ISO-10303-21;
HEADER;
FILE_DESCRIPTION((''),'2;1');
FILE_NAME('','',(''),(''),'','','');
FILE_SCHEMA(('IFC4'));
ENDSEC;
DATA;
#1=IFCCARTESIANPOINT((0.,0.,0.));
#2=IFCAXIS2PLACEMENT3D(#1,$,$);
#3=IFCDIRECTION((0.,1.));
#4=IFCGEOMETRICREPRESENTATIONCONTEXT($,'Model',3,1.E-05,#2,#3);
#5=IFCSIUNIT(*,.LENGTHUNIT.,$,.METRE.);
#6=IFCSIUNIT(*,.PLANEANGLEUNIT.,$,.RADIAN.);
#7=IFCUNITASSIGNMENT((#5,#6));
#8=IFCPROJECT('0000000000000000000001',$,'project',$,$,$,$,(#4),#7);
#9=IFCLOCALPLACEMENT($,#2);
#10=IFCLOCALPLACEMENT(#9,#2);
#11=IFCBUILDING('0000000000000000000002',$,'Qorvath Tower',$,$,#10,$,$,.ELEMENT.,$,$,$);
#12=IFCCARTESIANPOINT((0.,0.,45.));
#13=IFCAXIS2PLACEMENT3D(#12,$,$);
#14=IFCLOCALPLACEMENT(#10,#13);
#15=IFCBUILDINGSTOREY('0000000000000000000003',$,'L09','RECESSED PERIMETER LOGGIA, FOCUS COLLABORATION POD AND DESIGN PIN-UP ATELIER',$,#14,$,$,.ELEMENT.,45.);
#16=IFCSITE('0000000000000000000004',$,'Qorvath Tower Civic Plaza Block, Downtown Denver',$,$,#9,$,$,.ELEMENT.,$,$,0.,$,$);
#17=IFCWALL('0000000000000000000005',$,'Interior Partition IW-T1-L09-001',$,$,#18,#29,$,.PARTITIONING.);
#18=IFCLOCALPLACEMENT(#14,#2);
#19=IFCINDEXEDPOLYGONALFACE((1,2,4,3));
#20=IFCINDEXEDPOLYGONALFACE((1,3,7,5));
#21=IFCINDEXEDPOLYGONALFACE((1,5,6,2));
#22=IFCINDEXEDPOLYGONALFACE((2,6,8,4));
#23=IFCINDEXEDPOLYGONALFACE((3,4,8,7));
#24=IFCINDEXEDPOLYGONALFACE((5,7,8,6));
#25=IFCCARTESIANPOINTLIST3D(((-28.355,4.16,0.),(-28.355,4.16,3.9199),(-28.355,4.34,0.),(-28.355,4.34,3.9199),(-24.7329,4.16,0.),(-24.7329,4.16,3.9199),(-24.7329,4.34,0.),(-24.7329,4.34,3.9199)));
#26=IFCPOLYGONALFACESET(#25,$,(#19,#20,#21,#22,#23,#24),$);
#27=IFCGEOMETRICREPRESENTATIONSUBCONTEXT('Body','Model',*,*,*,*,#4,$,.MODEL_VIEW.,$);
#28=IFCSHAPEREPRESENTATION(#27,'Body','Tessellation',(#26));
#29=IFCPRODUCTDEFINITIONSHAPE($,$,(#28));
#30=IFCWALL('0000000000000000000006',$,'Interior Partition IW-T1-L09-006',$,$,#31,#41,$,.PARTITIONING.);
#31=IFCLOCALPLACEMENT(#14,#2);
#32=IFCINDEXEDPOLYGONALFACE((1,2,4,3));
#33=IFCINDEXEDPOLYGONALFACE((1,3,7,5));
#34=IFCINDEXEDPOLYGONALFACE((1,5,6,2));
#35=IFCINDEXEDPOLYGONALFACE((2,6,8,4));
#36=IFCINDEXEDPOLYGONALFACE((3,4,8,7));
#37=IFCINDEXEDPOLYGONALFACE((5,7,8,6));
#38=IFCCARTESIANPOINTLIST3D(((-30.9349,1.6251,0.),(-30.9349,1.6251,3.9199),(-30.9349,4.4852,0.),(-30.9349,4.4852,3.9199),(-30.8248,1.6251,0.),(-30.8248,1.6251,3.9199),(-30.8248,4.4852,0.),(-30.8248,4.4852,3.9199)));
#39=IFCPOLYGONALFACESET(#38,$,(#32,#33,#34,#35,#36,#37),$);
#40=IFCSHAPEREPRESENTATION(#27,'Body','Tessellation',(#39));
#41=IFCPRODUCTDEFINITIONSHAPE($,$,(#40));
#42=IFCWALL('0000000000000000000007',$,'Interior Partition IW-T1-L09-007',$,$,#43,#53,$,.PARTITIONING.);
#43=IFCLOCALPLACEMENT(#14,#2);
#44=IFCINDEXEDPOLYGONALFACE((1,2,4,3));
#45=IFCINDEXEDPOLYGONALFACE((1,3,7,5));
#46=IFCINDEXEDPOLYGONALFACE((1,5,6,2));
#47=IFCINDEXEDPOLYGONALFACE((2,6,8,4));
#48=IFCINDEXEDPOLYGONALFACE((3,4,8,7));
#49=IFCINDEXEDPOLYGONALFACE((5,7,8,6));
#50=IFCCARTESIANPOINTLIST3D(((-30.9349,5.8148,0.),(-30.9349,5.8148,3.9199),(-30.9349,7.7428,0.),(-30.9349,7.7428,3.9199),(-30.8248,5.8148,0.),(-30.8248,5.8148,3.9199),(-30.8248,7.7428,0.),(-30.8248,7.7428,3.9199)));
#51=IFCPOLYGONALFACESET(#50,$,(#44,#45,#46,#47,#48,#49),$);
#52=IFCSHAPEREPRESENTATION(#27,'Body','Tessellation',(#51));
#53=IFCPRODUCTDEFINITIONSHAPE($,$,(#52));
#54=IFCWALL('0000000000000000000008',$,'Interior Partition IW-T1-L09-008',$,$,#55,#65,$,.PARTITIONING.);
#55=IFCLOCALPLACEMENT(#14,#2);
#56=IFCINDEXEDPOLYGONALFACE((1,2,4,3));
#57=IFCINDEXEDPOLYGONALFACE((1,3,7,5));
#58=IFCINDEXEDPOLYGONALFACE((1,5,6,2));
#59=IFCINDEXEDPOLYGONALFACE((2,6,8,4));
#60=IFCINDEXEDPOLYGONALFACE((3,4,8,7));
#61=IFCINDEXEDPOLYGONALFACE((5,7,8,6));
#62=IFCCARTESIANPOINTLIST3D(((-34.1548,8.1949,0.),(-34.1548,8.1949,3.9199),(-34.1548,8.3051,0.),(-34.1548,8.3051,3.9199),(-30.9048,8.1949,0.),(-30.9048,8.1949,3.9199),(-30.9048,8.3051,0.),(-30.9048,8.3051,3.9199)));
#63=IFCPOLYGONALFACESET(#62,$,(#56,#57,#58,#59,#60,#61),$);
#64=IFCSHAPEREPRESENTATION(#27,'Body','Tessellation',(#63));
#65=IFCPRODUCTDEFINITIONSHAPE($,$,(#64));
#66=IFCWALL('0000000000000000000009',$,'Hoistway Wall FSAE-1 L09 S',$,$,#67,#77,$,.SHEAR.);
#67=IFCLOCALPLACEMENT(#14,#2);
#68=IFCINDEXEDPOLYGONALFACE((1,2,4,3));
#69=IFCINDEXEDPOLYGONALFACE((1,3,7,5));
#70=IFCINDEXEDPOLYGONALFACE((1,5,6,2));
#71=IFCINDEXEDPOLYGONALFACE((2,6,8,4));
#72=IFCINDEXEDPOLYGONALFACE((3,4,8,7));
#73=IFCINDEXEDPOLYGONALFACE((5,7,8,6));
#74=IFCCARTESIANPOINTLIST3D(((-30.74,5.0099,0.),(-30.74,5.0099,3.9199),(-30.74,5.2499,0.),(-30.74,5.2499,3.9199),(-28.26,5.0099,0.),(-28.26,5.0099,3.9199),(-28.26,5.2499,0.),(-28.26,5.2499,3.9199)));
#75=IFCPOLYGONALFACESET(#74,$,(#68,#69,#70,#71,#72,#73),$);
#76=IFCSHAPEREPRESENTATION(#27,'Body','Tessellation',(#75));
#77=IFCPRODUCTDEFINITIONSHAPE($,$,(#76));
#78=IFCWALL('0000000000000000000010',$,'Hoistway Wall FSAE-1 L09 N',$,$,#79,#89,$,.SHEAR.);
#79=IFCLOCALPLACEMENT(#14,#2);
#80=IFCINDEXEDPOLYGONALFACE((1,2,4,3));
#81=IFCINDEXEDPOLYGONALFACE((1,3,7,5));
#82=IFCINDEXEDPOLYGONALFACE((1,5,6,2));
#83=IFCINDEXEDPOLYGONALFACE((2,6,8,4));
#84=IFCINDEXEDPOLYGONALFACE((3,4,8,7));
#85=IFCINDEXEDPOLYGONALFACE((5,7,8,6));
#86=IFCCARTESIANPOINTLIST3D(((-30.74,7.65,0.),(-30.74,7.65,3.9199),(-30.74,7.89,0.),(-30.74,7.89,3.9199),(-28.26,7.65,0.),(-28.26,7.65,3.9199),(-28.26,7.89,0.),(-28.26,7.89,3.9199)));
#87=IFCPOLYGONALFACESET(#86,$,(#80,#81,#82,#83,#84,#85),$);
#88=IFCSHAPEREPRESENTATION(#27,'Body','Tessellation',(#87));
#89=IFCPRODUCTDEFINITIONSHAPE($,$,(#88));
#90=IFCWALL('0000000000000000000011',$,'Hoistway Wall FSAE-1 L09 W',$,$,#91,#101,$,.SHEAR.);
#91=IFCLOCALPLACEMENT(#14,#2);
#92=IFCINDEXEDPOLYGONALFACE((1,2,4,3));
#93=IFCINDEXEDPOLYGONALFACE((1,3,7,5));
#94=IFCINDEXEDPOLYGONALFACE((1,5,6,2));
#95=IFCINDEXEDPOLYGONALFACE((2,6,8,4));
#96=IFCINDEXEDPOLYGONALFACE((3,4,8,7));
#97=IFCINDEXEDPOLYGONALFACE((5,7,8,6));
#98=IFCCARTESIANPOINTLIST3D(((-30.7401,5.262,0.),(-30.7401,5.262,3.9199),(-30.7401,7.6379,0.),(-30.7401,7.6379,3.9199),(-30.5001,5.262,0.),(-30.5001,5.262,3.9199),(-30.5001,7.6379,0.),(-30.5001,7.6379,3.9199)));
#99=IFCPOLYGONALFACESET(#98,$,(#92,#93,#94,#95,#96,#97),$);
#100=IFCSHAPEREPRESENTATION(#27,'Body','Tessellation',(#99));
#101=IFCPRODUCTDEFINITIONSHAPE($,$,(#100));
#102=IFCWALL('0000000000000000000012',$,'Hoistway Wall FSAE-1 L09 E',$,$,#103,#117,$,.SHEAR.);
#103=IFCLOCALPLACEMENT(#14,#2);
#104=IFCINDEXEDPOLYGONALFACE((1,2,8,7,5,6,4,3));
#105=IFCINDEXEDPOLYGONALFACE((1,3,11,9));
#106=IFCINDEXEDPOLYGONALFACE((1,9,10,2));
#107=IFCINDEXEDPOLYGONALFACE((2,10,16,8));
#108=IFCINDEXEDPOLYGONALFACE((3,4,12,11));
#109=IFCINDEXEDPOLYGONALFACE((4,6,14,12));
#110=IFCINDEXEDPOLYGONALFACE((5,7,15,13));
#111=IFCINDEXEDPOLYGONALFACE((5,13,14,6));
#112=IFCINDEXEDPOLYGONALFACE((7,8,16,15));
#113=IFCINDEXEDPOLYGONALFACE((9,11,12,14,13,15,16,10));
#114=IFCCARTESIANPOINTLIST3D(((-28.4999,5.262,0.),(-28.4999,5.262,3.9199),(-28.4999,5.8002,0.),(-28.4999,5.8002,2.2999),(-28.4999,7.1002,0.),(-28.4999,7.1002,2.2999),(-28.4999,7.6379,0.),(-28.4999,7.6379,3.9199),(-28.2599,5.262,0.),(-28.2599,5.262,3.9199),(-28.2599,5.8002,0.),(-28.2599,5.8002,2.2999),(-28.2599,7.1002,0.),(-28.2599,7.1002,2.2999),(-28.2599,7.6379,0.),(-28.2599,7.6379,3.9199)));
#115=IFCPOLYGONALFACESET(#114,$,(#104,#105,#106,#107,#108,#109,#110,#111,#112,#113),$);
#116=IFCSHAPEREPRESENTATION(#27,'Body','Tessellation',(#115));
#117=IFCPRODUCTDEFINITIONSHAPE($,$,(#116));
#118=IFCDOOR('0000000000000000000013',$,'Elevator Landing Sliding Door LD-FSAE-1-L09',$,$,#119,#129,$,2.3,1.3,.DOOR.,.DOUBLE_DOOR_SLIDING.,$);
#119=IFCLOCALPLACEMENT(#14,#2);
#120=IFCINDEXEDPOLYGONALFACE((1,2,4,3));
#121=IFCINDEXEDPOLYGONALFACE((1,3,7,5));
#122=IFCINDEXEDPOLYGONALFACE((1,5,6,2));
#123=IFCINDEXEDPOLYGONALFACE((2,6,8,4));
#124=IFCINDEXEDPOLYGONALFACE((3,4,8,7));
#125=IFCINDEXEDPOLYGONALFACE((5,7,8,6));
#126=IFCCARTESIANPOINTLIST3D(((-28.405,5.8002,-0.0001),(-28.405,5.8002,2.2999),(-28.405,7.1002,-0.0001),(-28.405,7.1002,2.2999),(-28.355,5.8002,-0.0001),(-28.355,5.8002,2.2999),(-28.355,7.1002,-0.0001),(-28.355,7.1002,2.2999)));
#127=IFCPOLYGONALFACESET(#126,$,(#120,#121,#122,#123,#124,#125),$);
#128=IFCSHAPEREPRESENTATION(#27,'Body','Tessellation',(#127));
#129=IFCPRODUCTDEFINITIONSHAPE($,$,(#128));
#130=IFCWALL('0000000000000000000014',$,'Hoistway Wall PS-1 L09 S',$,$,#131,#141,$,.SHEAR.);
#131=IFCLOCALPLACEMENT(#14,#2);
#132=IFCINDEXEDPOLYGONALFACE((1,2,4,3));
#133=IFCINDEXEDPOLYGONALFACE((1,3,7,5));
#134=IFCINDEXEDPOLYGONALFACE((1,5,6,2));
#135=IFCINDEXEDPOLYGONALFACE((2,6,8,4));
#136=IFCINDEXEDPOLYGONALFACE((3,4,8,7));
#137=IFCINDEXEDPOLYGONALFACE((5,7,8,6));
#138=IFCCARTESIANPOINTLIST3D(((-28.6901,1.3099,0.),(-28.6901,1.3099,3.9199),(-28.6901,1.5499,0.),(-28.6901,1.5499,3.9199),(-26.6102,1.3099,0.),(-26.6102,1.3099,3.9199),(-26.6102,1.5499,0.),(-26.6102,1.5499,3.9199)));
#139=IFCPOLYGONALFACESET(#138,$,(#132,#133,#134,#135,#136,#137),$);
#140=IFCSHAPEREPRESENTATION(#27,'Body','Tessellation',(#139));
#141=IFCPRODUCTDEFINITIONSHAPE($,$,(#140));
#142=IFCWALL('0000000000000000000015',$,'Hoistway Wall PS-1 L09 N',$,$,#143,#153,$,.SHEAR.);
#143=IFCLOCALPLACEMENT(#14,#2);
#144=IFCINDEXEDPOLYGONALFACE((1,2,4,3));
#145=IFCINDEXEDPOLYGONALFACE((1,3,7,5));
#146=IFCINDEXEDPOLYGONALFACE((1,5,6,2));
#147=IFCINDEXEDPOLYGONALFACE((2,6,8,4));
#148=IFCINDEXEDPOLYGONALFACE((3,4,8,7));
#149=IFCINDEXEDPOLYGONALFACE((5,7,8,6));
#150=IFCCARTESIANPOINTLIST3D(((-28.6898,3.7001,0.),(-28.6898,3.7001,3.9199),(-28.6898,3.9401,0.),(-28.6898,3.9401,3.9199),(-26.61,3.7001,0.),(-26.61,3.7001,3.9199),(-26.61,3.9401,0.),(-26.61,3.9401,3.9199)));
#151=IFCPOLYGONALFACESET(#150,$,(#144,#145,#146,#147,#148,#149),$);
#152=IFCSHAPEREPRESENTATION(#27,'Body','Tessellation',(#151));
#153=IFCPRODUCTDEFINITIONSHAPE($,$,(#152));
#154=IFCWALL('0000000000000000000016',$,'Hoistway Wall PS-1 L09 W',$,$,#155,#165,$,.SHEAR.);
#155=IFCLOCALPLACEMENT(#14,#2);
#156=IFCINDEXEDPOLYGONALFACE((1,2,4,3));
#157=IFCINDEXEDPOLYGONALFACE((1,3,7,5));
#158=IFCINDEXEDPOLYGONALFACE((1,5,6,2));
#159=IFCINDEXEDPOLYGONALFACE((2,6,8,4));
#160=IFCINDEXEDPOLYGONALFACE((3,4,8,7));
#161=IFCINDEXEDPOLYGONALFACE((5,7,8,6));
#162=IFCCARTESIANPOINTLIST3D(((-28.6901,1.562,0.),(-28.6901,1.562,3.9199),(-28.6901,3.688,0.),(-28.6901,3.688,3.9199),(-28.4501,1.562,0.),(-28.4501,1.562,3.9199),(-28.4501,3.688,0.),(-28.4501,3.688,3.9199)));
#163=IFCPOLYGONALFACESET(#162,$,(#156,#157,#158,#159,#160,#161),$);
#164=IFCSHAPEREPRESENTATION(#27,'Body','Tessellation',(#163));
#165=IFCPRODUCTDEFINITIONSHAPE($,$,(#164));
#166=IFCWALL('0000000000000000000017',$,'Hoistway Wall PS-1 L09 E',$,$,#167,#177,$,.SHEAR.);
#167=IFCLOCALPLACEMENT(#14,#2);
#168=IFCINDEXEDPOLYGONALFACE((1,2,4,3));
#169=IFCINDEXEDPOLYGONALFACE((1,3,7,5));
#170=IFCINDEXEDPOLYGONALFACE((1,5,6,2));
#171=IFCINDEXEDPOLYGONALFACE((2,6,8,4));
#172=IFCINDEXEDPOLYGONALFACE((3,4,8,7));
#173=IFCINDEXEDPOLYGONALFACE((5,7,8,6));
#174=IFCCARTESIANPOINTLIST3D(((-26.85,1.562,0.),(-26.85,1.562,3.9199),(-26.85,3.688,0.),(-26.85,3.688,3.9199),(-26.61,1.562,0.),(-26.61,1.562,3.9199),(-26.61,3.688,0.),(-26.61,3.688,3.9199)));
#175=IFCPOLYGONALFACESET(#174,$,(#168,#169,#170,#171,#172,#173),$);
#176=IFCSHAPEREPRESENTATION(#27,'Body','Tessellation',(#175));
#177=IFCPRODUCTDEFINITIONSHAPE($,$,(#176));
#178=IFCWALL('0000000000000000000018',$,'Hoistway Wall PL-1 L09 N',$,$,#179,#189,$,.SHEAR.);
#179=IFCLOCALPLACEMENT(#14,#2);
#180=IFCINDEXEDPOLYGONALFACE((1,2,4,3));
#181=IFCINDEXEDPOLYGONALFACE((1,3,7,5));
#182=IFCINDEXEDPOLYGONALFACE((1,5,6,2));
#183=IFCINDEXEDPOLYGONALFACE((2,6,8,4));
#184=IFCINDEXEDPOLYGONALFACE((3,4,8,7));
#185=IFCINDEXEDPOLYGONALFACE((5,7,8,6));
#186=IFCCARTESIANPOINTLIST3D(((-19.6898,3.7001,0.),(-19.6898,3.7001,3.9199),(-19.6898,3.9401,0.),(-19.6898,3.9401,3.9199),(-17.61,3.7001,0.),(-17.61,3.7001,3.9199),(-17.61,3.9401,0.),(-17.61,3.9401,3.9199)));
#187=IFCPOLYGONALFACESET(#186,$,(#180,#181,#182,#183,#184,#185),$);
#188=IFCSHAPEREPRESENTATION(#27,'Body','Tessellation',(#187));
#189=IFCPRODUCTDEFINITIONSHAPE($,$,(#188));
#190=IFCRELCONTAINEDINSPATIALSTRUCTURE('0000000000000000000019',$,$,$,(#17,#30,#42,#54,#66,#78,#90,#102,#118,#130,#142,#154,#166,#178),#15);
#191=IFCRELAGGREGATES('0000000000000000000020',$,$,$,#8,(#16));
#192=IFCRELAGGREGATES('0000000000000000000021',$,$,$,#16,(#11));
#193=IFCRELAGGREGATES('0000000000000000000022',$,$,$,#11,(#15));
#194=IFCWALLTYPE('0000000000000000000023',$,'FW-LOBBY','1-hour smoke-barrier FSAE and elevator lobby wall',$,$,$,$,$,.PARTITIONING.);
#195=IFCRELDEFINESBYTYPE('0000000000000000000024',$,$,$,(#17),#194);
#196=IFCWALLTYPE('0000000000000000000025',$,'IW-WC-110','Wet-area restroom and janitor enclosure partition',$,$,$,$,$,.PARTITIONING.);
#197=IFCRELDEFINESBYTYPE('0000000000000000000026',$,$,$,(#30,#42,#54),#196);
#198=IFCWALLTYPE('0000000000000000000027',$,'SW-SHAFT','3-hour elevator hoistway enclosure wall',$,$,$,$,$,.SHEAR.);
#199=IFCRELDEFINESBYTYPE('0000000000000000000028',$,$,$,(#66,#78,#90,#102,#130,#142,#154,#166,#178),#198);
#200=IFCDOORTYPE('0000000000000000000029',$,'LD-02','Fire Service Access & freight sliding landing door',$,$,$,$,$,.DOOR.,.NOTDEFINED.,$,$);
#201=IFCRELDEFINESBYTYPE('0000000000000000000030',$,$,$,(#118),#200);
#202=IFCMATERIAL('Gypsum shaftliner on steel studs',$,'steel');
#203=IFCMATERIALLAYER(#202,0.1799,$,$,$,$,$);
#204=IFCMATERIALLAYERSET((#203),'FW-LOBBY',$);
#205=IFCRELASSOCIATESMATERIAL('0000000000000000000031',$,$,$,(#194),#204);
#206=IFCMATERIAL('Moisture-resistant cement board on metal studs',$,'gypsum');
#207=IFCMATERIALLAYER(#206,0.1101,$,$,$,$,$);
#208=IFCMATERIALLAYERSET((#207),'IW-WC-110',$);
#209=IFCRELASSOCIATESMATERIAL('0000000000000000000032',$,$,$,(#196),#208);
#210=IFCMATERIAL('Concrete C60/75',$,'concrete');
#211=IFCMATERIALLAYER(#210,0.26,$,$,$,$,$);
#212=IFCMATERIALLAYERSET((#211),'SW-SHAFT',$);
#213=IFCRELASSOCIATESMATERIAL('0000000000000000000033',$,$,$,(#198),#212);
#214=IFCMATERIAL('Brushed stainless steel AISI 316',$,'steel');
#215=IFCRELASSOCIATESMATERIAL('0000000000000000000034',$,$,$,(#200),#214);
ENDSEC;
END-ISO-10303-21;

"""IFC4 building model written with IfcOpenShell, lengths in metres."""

from ifc_helpers import new_model, si_unit, direction, frame, frame_2d, origin, place, context, subcontext, project, spatial, rectangle, extrude, material, layer, layer_set, type_object, element, fill, save


model = new_model("IFC4")

# Units and contexts
model_context = context("Model", 3, precision=1e-05, world=origin(), true_north=direction((0.0, 1.0)))
body_context = subcontext(model_context, "Body", "Model", "MODEL_VIEW")
ifc_project = project(units=[si_unit("LENGTHUNIT", "METRE"), si_unit("PLANEANGLEUNIT", "RADIAN")], contexts=[model_context])

# Site, building, storey
site_placement = place(None, origin())
site = spatial("IfcSite", under=ifc_project, at=site_placement, Name="Qorvath Tower Civic Plaza Block, Downtown Denver", CompositionType="ELEMENT", RefElevation=0.0)
building_placement = place(site_placement, origin())
building = spatial("IfcBuilding", under=site, at=building_placement, Name="Qorvath Tower", CompositionType="ELEMENT")
storey_placement = place(building_placement, frame((0.0, 0.0, 45.0)))
storey = spatial("IfcBuildingStorey", under=building, at=storey_placement, Name="L09", Description="RECESSED PERIMETER LOGGIA, FOCUS COLLABORATION POD AND DESIGN PIN-UP ATELIER", CompositionType="ELEMENT", Elevation=45.0)

# Wall
ifc_material_1 = material(Name="Gypsum shaftliner on steel studs", Category="steel")
ifc_layer_1 = layer(ifc_material_1, 0.1799)
ifc_layer_set_1 = layer_set([ifc_layer_1], Name="FW-LOBBY")
wall_type_1 = type_object("IfcWallType", Name="FW-LOBBY", Description="1-hour smoke-barrier FSAE and elevator lobby wall", PredefinedType="PARTITIONING", material=ifc_layer_set_1)
wall_1_placement = place(storey_placement, frame((-28.355, 4.25, 0.0), z_axis=(0.0, 0.0, 1.0), x_axis=(1.0, 0.0, 0.0)))
element("IfcWall", 1, at=wall_1_placement, inside=storey, type_object=wall_type_1, Name="Interior Partition IW-T1-L09-001", PredefinedType="PARTITIONING", context=body_context, shape_type="SweptSolid", body=[
    extrude(rectangle(XDim=3.6221, YDim=0.1799, at=frame_2d((1.811, 0.0))), origin(), (0.0, 0.0, 1.0), 3.9199),
])

# Walls
ifc_material_2 = material(Name="Moisture-resistant cement board on metal studs", Category="gypsum")
ifc_layer_2 = layer(ifc_material_2, 0.1101)
ifc_layer_set_2 = layer_set([ifc_layer_2], Name="IW-WC-110")
wall_type_2 = type_object("IfcWallType", Name="IW-WC-110", Description="Wet-area restroom and janitor enclosure partition", PredefinedType="PARTITIONING", material=ifc_layer_set_2)
wall_2_placement = place(storey_placement, frame((-30.8799, 1.625, 0.0), z_axis=(0.0, 0.0, 1.0), x_axis=(0.0, 1.0, 0.0)))
element("IfcWall", 2, at=wall_2_placement, inside=storey, type_object=wall_type_2, Name="Interior Partition IW-T1-L09-006", PredefinedType="PARTITIONING", context=body_context, shape_type="SweptSolid", body=[
    extrude(rectangle(XDim=2.8601, YDim=0.1101, at=frame_2d((1.4302, 0.0))), origin(), (0.0, 0.0, 1.0), 3.9199),
])
wall_3_placement = place(storey_placement, frame((-30.8799, 5.8149, 0.0), z_axis=(0.0, 0.0, 1.0), x_axis=(0.0, 1.0, 0.0)))
element("IfcWall", 3, at=wall_3_placement, inside=storey, type_object=wall_type_2, Name="Interior Partition IW-T1-L09-007", PredefinedType="PARTITIONING", context=body_context, shape_type="SweptSolid", body=[
    extrude(rectangle(XDim=1.928, YDim=0.1101, at=frame_2d((0.9639, 0.0))), origin(), (0.0, 0.0, 1.0), 3.9199),
])
wall_4_placement = place(storey_placement, frame((-30.9048, 8.25, 0.0), z_axis=(0.0, 0.0, 1.0), x_axis=(-1.0, 0.0, 0.0)))
element("IfcWall", 4, at=wall_4_placement, inside=storey, type_object=wall_type_2, Name="Interior Partition IW-T1-L09-008", PredefinedType="PARTITIONING", context=body_context, shape_type="SweptSolid", body=[
    extrude(rectangle(XDim=3.25, YDim=0.1101, at=frame_2d((1.625, 0.0))), origin(), (0.0, 0.0, 1.0), 3.9199),
])
ifc_material_3 = material(Name="Concrete C60/75", Category="concrete")
ifc_layer_3 = layer(ifc_material_3, 0.26)
ifc_layer_set_3 = layer_set([ifc_layer_3], Name="SW-SHAFT")
wall_type_3 = type_object("IfcWallType", Name="SW-SHAFT", Description="3-hour elevator hoistway enclosure wall", PredefinedType="SHEAR", material=ifc_layer_set_3)
for number, where, z_axis, x_axis, name in (
    (5, (-28.26, 5.1299, 0.0), (0.0, 0.0, 1.0), (-1.0, 0.0, 0.0), "Hoistway Wall FSAE-1 L09 S"),
    (6, (-30.74, 7.77, 0.0), (0.0, 0.0, 1.0), (1.0, 0.0, 0.0), "Hoistway Wall FSAE-1 L09 N"),
):
    element("IfcWall", number, at=place(storey_placement, frame(where, z_axis=z_axis, x_axis=x_axis)), inside=storey, type_object=wall_type_3, Name=name, PredefinedType="SHEAR", context=body_context, shape_type="SweptSolid", body=[
        extrude(rectangle(XDim=2.48, YDim=0.24, at=frame_2d((1.24, 0.0))), origin(), (0.0, 0.0, 1.0), 3.9199),
    ])
wall_5_placement = place(storey_placement, frame((-30.6201, 5.262, 0.0), z_axis=(0.0, 0.0, 1.0), x_axis=(0.0, 1.0, 0.0)))
element("IfcWall", 7, at=wall_5_placement, inside=storey, type_object=wall_type_3, Name="Hoistway Wall FSAE-1 L09 W", PredefinedType="SHEAR", context=body_context, shape_type="SweptSolid", body=[
    extrude(rectangle(XDim=2.376, YDim=0.24, at=frame_2d((1.188, 0.0))), origin(), (0.0, 0.0, 1.0), 3.9199),
])

# Wall, opening, door
wall_6_placement = place(storey_placement, frame((-28.3799, 7.6379, 0.0), z_axis=(0.0, 0.0, 1.0), x_axis=(0.0, -1.0, 0.0)))
wall_6 = element("IfcWall", 8, at=wall_6_placement, inside=storey, type_object=wall_type_3, Name="Hoistway Wall FSAE-1 L09 E", PredefinedType="SHEAR", context=body_context, shape_type="SweptSolid", body=[
    extrude(rectangle(XDim=2.376, YDim=0.24, at=frame_2d((1.188, 0.0))), origin(), (0.0, 0.0, 1.0), 3.9199),
])
opening_1_placement = place(wall_6_placement, frame((0.5378, 0.0, 0.0)))
opening_1 = element("IfcOpeningElement", 9, at=opening_1_placement, cuts=wall_6, PredefinedType="OPENING", context=body_context, shape_type="SweptSolid", body=[
    extrude(rectangle(XDim=1.3, YDim=2.3, at=frame_2d((0.6499, 1.1499))), frame((0.0, 0.1299, 0.0), z_axis=(0.0, -1.0, 0.0), x_axis=(1.0, 0.0, 0.0)), (0.0, 0.0, 1.0), 0.26),
])
ifc_material_4 = material(Name="Brushed stainless steel AISI 316", Category="steel")
door_type_1 = type_object("IfcDoorType", Name="LD-02", Description="Fire Service Access & freight sliding landing door", OperationType="NOTDEFINED", PredefinedType="DOOR", material=ifc_material_4)
door_1_placement = place(opening_1_placement, origin())
door_1 = element("IfcDoor", 10, at=door_1_placement, inside=storey, type_object=door_type_1, Name="Elevator Landing Sliding Door LD-FSAE-1-L09", OperationType="DOUBLE_DOOR_SLIDING", OverallHeight=2.3, OverallWidth=1.3, PredefinedType="DOOR", context=body_context, shape_type="SweptSolid", body=[
    extrude(rectangle(XDim=1.3, YDim=2.3, at=frame_2d((0.6499, 1.1499))), frame((0.0, 0.0249, 0.0), z_axis=(0.0, -1.0, 0.0), x_axis=(1.0, 0.0, 0.0)), (0.0, 0.0, 1.0), 0.05),
])
fill(opening_1, door_1)

# Walls
for number, where, z_axis, x_axis, name in (
    (11, (-26.6101, 1.4299, 0.0), (0.0, 0.0, 1.0), (-1.0, 0.0, 0.0), "Hoistway Wall PS-1 L09 S"),
    (12, (-28.6899, 3.8201, 0.0), (0.0, 0.0, 1.0), (1.0, 0.0, 0.0), "Hoistway Wall PS-1 L09 N"),
):
    element("IfcWall", number, at=place(storey_placement, frame(where, z_axis=z_axis, x_axis=x_axis)), inside=storey, type_object=wall_type_3, Name=name, PredefinedType="SHEAR", context=body_context, shape_type="SweptSolid", body=[
        extrude(rectangle(XDim=2.0798, YDim=0.24, at=frame_2d((1.04, 0.0))), origin(), (0.0, 0.0, 1.0), 3.9199),
    ])
for number, where, z_axis, x_axis, name in (
    (13, (-28.5701, 1.562, 0.0), (0.0, 0.0, 1.0), (0.0, 1.0, 0.0), "Hoistway Wall PS-1 L09 W"),
    (14, (-26.73, 3.688, 0.0), (0.0, 0.0, 1.0), (0.0, -1.0, 0.0), "Hoistway Wall PS-1 L09 E"),
):
    element("IfcWall", number, at=place(storey_placement, frame(where, z_axis=z_axis, x_axis=x_axis)), inside=storey, type_object=wall_type_3, Name=name, PredefinedType="SHEAR", context=body_context, shape_type="SweptSolid", body=[
        extrude(rectangle(XDim=2.126, YDim=0.24, at=frame_2d((1.063, 0.0))), origin(), (0.0, 0.0, 1.0), 3.9199),
    ])
wall_7_placement = place(storey_placement, frame((-19.6899, 3.8201, 0.0), z_axis=(0.0, 0.0, 1.0), x_axis=(1.0, 0.0, 0.0)))
element("IfcWall", 15, at=wall_7_placement, inside=storey, type_object=wall_type_3, Name="Hoistway Wall PL-1 L09 N", PredefinedType="SHEAR", context=body_context, shape_type="SweptSolid", body=[
    extrude(rectangle(XDim=2.0798, YDim=0.24, at=frame_2d((1.04, 0.0))), origin(), (0.0, 0.0, 1.0), 3.9199),
])

save(model, "model.ifc")
